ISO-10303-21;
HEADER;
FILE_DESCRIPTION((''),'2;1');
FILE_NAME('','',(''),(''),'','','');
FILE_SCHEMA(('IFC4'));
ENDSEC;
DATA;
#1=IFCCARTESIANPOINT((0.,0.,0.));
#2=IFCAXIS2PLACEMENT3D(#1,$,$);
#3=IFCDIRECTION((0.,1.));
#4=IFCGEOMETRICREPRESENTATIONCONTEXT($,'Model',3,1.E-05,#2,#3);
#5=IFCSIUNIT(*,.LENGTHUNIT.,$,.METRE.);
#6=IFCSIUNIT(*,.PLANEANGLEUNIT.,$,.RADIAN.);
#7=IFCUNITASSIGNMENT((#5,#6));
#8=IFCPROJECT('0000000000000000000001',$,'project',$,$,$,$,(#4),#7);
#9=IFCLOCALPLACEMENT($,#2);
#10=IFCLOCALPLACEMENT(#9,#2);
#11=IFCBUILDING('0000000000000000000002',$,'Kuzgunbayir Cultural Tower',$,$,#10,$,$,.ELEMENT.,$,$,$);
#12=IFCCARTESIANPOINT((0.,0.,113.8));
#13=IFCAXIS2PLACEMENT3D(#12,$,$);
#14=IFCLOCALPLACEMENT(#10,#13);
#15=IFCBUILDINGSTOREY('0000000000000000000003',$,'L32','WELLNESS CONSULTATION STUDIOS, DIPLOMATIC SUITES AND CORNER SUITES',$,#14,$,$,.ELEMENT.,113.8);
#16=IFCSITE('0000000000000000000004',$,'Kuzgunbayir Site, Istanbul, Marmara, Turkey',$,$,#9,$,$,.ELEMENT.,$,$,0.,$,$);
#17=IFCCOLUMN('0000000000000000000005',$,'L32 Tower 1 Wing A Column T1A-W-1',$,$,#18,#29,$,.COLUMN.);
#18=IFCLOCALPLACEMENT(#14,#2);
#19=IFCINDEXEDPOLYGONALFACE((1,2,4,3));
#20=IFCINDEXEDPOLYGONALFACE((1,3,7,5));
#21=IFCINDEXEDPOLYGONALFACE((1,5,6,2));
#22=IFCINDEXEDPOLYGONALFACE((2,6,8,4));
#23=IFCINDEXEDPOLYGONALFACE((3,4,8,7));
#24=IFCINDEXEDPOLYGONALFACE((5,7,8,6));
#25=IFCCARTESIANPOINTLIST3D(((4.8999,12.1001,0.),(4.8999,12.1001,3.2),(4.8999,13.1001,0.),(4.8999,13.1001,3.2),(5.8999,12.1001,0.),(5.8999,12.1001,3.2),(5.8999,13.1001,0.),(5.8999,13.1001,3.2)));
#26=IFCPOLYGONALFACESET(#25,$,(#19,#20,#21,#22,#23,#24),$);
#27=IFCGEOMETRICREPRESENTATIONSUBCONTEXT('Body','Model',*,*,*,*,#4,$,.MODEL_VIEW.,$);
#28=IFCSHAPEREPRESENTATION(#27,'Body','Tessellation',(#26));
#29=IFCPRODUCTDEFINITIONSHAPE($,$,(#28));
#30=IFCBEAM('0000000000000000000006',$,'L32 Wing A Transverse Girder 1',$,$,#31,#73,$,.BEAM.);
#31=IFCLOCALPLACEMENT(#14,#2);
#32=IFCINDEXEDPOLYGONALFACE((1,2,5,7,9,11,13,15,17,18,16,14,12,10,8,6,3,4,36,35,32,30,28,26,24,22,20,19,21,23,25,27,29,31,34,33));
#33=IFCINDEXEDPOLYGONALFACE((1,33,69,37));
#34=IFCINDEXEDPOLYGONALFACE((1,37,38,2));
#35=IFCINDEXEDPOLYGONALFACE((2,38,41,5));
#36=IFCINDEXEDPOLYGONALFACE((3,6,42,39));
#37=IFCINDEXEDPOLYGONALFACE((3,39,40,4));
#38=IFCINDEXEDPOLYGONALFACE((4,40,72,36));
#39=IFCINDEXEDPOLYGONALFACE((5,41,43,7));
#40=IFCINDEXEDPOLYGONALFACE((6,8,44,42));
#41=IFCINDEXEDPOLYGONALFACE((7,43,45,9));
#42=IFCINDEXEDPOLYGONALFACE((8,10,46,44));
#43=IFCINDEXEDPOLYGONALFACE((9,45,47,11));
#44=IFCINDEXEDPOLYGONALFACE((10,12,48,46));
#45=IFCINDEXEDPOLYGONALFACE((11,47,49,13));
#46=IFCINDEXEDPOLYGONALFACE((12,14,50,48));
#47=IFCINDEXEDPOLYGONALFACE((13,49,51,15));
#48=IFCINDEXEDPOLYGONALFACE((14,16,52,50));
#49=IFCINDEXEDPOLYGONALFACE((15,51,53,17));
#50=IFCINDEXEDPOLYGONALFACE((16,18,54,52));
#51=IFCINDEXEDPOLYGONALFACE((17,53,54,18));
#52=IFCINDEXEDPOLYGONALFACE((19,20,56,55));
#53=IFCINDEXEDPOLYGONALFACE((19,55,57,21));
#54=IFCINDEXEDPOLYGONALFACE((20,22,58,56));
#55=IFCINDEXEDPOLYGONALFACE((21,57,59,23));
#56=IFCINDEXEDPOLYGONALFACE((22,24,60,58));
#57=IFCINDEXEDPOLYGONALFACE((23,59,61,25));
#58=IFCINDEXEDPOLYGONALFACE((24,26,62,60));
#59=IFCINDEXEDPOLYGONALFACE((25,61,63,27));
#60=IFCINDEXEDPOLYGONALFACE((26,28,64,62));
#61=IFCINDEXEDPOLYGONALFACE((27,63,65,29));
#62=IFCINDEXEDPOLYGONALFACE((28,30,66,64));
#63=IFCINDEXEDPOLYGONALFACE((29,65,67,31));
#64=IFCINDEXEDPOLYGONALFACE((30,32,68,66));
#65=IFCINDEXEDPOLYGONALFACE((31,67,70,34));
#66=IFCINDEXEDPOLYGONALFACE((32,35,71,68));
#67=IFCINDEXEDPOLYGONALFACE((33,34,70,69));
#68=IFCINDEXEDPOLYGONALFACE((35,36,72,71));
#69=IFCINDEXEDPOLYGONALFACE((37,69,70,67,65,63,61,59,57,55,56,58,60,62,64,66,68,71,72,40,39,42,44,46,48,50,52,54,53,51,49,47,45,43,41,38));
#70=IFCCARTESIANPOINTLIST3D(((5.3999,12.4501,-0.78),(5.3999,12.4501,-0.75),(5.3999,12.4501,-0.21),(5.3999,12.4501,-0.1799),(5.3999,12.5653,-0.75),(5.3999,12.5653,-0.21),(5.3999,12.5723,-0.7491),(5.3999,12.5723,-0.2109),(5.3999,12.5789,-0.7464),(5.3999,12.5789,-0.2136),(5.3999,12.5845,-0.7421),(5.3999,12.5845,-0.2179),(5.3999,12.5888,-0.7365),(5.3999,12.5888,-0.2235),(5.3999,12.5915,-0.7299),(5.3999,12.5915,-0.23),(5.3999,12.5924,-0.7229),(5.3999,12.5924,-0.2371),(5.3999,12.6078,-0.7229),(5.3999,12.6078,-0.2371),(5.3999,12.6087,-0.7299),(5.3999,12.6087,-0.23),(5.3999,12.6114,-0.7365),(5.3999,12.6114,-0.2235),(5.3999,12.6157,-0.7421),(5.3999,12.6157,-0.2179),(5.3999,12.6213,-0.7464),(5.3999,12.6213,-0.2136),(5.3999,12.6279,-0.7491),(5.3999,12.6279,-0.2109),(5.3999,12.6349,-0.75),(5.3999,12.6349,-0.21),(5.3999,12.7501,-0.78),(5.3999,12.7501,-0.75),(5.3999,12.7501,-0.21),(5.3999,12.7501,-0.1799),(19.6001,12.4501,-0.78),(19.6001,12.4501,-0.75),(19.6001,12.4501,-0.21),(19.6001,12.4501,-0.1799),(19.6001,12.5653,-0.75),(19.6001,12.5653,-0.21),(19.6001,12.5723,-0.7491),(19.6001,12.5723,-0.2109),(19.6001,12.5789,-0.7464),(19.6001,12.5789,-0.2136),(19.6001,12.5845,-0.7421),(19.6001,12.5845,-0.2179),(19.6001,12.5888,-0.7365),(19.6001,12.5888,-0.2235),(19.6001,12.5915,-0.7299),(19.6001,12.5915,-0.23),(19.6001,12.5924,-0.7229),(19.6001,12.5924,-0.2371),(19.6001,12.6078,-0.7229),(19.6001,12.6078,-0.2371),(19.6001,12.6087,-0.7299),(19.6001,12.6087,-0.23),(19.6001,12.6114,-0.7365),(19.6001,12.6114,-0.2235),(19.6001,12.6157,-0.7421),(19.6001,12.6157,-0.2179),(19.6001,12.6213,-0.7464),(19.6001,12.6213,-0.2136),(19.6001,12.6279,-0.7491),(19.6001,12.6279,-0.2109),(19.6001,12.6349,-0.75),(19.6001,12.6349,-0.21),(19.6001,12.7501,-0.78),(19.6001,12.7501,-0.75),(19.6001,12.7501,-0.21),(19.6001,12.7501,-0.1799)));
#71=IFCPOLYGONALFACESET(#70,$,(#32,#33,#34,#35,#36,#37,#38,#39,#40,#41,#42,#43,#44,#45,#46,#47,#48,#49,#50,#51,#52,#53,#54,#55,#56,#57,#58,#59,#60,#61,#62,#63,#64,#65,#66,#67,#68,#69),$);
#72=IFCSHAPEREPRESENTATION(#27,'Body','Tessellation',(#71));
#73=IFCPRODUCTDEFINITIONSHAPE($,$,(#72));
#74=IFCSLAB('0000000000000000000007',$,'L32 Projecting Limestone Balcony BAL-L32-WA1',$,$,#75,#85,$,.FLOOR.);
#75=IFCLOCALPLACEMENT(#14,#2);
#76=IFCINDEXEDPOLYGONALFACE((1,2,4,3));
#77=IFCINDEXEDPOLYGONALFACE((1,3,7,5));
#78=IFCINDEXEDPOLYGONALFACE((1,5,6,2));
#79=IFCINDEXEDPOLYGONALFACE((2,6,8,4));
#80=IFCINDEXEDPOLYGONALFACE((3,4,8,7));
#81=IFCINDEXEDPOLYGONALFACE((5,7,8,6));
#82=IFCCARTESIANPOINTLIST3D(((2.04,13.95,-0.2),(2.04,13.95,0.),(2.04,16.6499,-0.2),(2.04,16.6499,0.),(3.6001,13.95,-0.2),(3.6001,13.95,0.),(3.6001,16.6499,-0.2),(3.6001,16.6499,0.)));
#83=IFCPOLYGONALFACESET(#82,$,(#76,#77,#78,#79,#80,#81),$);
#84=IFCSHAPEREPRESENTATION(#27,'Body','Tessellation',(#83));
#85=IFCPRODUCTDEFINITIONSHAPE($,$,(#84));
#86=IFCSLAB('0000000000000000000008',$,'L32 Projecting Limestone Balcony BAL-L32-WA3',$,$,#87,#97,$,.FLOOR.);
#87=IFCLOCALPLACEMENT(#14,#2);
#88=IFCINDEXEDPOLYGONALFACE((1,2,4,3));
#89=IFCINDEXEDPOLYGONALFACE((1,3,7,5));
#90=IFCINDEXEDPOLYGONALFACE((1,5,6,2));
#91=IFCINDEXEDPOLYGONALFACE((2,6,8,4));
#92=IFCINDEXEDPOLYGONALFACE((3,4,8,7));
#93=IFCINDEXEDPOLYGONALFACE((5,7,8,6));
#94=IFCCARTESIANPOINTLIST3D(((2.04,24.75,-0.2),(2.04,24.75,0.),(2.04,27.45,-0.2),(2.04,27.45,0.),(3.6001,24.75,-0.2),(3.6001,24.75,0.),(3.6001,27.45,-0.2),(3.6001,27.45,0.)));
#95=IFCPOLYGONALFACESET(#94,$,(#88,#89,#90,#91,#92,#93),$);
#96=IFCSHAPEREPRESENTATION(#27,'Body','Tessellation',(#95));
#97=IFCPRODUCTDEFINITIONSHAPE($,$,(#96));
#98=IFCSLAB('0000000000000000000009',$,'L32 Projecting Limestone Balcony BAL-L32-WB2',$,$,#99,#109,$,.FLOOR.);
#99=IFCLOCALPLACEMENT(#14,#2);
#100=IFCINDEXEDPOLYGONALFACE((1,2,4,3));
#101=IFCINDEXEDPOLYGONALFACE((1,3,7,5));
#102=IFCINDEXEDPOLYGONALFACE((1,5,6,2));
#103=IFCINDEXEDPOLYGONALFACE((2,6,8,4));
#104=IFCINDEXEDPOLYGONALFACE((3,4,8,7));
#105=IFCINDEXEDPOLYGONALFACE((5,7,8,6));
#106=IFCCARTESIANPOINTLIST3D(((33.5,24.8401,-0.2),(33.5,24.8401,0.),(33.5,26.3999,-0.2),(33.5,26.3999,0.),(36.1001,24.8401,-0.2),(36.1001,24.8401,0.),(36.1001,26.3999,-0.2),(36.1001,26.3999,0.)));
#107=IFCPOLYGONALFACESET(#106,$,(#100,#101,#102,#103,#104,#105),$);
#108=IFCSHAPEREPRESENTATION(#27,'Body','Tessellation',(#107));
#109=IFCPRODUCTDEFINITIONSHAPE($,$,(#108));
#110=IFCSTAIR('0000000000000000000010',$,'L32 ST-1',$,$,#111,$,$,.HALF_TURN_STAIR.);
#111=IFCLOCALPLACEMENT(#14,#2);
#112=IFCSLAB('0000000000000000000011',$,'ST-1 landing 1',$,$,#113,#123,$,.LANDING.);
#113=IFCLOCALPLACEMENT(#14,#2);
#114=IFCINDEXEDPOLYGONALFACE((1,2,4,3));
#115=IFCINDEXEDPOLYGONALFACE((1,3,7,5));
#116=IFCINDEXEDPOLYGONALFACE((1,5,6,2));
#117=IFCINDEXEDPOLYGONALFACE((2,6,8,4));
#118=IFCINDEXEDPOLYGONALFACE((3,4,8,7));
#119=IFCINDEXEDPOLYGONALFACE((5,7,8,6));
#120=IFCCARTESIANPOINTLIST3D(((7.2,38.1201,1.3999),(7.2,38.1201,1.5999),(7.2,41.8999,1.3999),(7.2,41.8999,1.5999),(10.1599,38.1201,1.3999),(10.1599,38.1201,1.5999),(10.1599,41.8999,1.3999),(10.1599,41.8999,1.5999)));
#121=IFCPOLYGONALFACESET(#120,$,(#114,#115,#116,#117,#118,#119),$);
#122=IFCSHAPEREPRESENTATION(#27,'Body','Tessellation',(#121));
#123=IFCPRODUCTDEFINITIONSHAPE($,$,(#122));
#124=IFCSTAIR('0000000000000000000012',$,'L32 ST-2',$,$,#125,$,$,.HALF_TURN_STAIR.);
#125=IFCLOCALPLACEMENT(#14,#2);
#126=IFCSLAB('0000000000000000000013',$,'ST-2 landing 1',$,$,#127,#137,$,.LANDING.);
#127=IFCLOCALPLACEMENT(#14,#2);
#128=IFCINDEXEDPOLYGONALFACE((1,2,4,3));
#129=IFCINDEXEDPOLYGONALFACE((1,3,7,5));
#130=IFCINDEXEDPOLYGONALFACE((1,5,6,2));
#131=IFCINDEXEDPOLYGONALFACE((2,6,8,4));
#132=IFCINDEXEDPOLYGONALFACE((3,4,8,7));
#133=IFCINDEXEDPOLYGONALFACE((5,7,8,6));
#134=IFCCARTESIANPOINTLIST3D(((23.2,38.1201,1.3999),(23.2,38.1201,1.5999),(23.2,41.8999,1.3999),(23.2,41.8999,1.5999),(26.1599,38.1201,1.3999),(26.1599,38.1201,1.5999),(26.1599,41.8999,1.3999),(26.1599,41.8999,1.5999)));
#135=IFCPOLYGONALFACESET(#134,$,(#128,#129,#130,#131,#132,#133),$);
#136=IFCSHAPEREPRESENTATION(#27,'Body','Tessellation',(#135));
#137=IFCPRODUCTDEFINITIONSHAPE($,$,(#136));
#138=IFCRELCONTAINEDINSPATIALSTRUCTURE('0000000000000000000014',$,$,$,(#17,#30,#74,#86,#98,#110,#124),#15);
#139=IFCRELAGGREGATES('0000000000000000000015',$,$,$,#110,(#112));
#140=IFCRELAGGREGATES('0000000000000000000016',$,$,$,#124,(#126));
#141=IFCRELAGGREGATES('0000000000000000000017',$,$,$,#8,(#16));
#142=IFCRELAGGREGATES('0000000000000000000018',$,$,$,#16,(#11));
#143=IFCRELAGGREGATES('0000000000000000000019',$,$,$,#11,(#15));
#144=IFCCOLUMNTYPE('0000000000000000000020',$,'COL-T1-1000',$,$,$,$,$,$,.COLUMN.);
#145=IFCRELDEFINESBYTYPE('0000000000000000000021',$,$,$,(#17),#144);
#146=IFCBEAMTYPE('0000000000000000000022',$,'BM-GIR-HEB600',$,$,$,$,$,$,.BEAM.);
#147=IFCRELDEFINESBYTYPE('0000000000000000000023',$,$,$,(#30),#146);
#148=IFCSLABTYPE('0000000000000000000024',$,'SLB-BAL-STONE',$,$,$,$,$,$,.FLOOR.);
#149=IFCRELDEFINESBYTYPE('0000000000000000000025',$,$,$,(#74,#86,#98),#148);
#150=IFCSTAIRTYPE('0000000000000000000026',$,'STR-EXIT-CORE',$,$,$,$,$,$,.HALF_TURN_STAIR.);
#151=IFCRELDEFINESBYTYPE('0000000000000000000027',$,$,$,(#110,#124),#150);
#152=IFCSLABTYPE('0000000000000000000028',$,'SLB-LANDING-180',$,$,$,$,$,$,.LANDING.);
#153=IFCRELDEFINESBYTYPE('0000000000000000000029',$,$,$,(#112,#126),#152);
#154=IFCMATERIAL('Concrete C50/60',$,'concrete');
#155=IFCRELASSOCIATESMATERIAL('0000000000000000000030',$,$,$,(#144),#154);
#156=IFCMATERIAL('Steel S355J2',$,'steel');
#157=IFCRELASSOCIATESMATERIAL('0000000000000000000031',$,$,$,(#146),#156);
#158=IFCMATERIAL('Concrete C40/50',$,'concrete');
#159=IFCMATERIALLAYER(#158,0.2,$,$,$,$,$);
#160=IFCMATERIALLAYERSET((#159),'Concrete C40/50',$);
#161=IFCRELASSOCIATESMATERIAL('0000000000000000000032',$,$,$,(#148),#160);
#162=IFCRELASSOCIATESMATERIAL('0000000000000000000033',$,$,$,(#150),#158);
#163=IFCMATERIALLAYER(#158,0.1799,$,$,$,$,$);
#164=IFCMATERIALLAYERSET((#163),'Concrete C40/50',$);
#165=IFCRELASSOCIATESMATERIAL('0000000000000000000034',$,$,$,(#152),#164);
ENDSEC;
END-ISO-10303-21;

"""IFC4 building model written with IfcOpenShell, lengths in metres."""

from ifc_helpers import new_model, si_unit, direction, frame, origin, origin_2d, place, context, subcontext, project, spatial, polyline, rectangle, i_section, outline, extrude, material, layer, layer_set, material_profile, profile_set, type_object, element, aggregate, save


model = new_model("IFC4")

# Units and contexts
model_context = context("Model", 3, precision=1e-05, world=origin(), true_north=direction((0.0, 1.0)))
body_context = subcontext(model_context, "Body", "Model", "MODEL_VIEW")
ifc_project = project(units=[si_unit("LENGTHUNIT", "METRE"), si_unit("PLANEANGLEUNIT", "RADIAN")], contexts=[model_context])

# Site, building, storey
site_placement = place(None, origin())
site = spatial("IfcSite", under=ifc_project, at=site_placement, Name="Kuzgunbayir Site, Istanbul, Marmara, Turkey", CompositionType="ELEMENT", RefElevation=0.0)
building_placement = place(site_placement, origin())
building = spatial("IfcBuilding", under=site, at=building_placement, Name="Kuzgunbayir Cultural Tower", CompositionType="ELEMENT")
storey_placement = place(building_placement, frame((0.0, 0.0, 113.8)))
storey = spatial("IfcBuildingStorey", under=building, at=storey_placement, Name="L32", Description="WELLNESS CONSULTATION STUDIOS, DIPLOMATIC SUITES AND CORNER SUITES", CompositionType="ELEMENT", Elevation=113.8)

# Column
ifc_material_1 = material(Name="Concrete C50/60", Category="concrete")
ifc_material_profile_1 = material_profile(ifc_material_1, rectangle(XDim=1.0, YDim=1.0, at=origin_2d()), Name="RC 1000x1000")
ifc_profile_set_1 = profile_set([ifc_material_profile_1], Name="Concrete C50/60")
column_type = type_object("IfcColumnType", Name="COL-T1-1000", PredefinedType="COLUMN", material=ifc_profile_set_1)
column_placement = place(storey_placement, frame((5.3999, 12.6001, 0.0), z_axis=(0.0, 0.0, 1.0), x_axis=(1.0, 0.0, 0.0)))
element("IfcColumn", 1, at=column_placement, inside=storey, type_object=column_type, Name="L32 Tower 1 Wing A Column T1A-W-1", PredefinedType="COLUMN", context=body_context, shape_type="SweptSolid", body=[
    extrude(rectangle(XDim=1.0, YDim=1.0, at=origin_2d()), origin(), (0.0, 0.0, 1.0), 3.2),
])

# Beam
ifc_material_2 = material(Name="Steel S355J2", Category="steel")
ifc_material_profile_2 = material_profile(ifc_material_2, i_section(OverallWidth=0.3, OverallDepth=0.6001, WebThickness=0.0154, FlangeThickness=0.03, FilletRadius=0.0271, at=origin_2d()), Name="HEB 600")
ifc_profile_set_2 = profile_set([ifc_material_profile_2], Name="Steel S355J2")
beam_type = type_object("IfcBeamType", Name="BM-GIR-HEB600", PredefinedType="BEAM", material=ifc_profile_set_2)
beam_placement = place(storey_placement, frame((5.3999, 12.6001, -0.48), z_axis=(1.0, 0.0, 0.0), x_axis=(0.0, 1.0, 0.0)))
element("IfcBeam", 2, at=beam_placement, inside=storey, type_object=beam_type, Name="L32 Wing A Transverse Girder 1", PredefinedType="BEAM", context=body_context, shape_type="SweptSolid", body=[
    extrude(i_section(OverallWidth=0.3, OverallDepth=0.6001, WebThickness=0.0154, FlangeThickness=0.03, FilletRadius=0.0271, at=origin_2d()), origin(), (0.0, 0.0, 1.0), 14.2002),
])

# Slabs
ifc_material_3 = material(Name="Concrete C40/50", Category="concrete")
ifc_layer_1 = layer(ifc_material_3, 0.2)
ifc_layer_set_1 = layer_set([ifc_layer_1], Name="Concrete C40/50")
slab_type_1 = type_object("IfcSlabType", Name="SLB-BAL-STONE", PredefinedType="FLOOR", material=ifc_layer_set_1)
slab_1_placement = place(storey_placement, frame((0.0, 0.0, -0.2)))
element("IfcSlab", 3, at=slab_1_placement, inside=storey, type_object=slab_type_1, Name="L32 Projecting Limestone Balcony BAL-L32-WA1", PredefinedType="FLOOR", context=body_context, shape_type="SweptSolid", body=[
    extrude(outline(polyline([(2.04, 13.95), (3.6001, 13.95), (3.6001, 16.6499), (2.04, 16.6499), (2.04, 13.95)])), origin(), (0.0, 0.0, 1.0), 0.2),
])
slab_2_placement = place(storey_placement, frame((0.0, 0.0, -0.2)))
element("IfcSlab", 4, at=slab_2_placement, inside=storey, type_object=slab_type_1, Name="L32 Projecting Limestone Balcony BAL-L32-WA3", PredefinedType="FLOOR", context=body_context, shape_type="SweptSolid", body=[
    extrude(outline(polyline([(2.04, 24.75), (3.6001, 24.75), (3.6001, 27.45), (2.04, 27.45), (2.04, 24.75)])), origin(), (0.0, 0.0, 1.0), 0.2),
])
slab_3_placement = place(storey_placement, frame((0.0, 0.0, -0.2)))
element("IfcSlab", 5, at=slab_3_placement, inside=storey, type_object=slab_type_1, Name="L32 Projecting Limestone Balcony BAL-L32-WB2", PredefinedType="FLOOR", context=body_context, shape_type="SweptSolid", body=[
    extrude(outline(polyline([(33.5, 24.8401), (36.1001, 24.8401), (36.1001, 26.3999), (33.5, 26.3999), (33.5, 24.8401)])), origin(), (0.0, 0.0, 1.0), 0.2),
])

# Stairs, slabs
stair_type = type_object("IfcStairType", Name="STR-EXIT-CORE", PredefinedType="HALF_TURN_STAIR", material=ifc_material_3)
stair_1_placement = place(storey_placement, origin())
stair_1 = element("IfcStair", 6, at=stair_1_placement, inside=storey, type_object=stair_type, Name="L32 ST-1", PredefinedType="HALF_TURN_STAIR")
ifc_layer_2 = layer(ifc_material_3, 0.1799)
ifc_layer_set_2 = layer_set([ifc_layer_2], Name="Concrete C40/50")
slab_type_2 = type_object("IfcSlabType", Name="SLB-LANDING-180", PredefinedType="LANDING", material=ifc_layer_set_2)
slab_4_placement = place(storey_placement, frame((0.0, 0.0, 1.3999)))
slab_4 = element("IfcSlab", 7, at=slab_4_placement, type_object=slab_type_2, Name="ST-1 landing 1", PredefinedType="LANDING", context=body_context, shape_type="SweptSolid", body=[
    extrude(outline(polyline([(10.1599, 38.1201), (10.1599, 41.8999), (7.2, 41.8999), (7.2, 38.1201), (10.1599, 38.1201)])), origin(), (0.0, 0.0, 1.0), 0.2),
])
aggregate(stair_1, [slab_4])
stair_2_placement = place(storey_placement, origin())
stair_2 = element("IfcStair", 8, at=stair_2_placement, inside=storey, type_object=stair_type, Name="L32 ST-2", PredefinedType="HALF_TURN_STAIR")
slab_5_placement = place(storey_placement, frame((0.0, 0.0, 1.3999)))
slab_5 = element("IfcSlab", 9, at=slab_5_placement, type_object=slab_type_2, Name="ST-2 landing 1", PredefinedType="LANDING", context=body_context, shape_type="SweptSolid", body=[
    extrude(outline(polyline([(26.1599, 38.1201), (26.1599, 41.8999), (23.2, 41.8999), (23.2, 38.1201), (26.1599, 38.1201)])), origin(), (0.0, 0.0, 1.0), 0.2),
])
aggregate(stair_2, [slab_5])

save(model, "model.ifc")
